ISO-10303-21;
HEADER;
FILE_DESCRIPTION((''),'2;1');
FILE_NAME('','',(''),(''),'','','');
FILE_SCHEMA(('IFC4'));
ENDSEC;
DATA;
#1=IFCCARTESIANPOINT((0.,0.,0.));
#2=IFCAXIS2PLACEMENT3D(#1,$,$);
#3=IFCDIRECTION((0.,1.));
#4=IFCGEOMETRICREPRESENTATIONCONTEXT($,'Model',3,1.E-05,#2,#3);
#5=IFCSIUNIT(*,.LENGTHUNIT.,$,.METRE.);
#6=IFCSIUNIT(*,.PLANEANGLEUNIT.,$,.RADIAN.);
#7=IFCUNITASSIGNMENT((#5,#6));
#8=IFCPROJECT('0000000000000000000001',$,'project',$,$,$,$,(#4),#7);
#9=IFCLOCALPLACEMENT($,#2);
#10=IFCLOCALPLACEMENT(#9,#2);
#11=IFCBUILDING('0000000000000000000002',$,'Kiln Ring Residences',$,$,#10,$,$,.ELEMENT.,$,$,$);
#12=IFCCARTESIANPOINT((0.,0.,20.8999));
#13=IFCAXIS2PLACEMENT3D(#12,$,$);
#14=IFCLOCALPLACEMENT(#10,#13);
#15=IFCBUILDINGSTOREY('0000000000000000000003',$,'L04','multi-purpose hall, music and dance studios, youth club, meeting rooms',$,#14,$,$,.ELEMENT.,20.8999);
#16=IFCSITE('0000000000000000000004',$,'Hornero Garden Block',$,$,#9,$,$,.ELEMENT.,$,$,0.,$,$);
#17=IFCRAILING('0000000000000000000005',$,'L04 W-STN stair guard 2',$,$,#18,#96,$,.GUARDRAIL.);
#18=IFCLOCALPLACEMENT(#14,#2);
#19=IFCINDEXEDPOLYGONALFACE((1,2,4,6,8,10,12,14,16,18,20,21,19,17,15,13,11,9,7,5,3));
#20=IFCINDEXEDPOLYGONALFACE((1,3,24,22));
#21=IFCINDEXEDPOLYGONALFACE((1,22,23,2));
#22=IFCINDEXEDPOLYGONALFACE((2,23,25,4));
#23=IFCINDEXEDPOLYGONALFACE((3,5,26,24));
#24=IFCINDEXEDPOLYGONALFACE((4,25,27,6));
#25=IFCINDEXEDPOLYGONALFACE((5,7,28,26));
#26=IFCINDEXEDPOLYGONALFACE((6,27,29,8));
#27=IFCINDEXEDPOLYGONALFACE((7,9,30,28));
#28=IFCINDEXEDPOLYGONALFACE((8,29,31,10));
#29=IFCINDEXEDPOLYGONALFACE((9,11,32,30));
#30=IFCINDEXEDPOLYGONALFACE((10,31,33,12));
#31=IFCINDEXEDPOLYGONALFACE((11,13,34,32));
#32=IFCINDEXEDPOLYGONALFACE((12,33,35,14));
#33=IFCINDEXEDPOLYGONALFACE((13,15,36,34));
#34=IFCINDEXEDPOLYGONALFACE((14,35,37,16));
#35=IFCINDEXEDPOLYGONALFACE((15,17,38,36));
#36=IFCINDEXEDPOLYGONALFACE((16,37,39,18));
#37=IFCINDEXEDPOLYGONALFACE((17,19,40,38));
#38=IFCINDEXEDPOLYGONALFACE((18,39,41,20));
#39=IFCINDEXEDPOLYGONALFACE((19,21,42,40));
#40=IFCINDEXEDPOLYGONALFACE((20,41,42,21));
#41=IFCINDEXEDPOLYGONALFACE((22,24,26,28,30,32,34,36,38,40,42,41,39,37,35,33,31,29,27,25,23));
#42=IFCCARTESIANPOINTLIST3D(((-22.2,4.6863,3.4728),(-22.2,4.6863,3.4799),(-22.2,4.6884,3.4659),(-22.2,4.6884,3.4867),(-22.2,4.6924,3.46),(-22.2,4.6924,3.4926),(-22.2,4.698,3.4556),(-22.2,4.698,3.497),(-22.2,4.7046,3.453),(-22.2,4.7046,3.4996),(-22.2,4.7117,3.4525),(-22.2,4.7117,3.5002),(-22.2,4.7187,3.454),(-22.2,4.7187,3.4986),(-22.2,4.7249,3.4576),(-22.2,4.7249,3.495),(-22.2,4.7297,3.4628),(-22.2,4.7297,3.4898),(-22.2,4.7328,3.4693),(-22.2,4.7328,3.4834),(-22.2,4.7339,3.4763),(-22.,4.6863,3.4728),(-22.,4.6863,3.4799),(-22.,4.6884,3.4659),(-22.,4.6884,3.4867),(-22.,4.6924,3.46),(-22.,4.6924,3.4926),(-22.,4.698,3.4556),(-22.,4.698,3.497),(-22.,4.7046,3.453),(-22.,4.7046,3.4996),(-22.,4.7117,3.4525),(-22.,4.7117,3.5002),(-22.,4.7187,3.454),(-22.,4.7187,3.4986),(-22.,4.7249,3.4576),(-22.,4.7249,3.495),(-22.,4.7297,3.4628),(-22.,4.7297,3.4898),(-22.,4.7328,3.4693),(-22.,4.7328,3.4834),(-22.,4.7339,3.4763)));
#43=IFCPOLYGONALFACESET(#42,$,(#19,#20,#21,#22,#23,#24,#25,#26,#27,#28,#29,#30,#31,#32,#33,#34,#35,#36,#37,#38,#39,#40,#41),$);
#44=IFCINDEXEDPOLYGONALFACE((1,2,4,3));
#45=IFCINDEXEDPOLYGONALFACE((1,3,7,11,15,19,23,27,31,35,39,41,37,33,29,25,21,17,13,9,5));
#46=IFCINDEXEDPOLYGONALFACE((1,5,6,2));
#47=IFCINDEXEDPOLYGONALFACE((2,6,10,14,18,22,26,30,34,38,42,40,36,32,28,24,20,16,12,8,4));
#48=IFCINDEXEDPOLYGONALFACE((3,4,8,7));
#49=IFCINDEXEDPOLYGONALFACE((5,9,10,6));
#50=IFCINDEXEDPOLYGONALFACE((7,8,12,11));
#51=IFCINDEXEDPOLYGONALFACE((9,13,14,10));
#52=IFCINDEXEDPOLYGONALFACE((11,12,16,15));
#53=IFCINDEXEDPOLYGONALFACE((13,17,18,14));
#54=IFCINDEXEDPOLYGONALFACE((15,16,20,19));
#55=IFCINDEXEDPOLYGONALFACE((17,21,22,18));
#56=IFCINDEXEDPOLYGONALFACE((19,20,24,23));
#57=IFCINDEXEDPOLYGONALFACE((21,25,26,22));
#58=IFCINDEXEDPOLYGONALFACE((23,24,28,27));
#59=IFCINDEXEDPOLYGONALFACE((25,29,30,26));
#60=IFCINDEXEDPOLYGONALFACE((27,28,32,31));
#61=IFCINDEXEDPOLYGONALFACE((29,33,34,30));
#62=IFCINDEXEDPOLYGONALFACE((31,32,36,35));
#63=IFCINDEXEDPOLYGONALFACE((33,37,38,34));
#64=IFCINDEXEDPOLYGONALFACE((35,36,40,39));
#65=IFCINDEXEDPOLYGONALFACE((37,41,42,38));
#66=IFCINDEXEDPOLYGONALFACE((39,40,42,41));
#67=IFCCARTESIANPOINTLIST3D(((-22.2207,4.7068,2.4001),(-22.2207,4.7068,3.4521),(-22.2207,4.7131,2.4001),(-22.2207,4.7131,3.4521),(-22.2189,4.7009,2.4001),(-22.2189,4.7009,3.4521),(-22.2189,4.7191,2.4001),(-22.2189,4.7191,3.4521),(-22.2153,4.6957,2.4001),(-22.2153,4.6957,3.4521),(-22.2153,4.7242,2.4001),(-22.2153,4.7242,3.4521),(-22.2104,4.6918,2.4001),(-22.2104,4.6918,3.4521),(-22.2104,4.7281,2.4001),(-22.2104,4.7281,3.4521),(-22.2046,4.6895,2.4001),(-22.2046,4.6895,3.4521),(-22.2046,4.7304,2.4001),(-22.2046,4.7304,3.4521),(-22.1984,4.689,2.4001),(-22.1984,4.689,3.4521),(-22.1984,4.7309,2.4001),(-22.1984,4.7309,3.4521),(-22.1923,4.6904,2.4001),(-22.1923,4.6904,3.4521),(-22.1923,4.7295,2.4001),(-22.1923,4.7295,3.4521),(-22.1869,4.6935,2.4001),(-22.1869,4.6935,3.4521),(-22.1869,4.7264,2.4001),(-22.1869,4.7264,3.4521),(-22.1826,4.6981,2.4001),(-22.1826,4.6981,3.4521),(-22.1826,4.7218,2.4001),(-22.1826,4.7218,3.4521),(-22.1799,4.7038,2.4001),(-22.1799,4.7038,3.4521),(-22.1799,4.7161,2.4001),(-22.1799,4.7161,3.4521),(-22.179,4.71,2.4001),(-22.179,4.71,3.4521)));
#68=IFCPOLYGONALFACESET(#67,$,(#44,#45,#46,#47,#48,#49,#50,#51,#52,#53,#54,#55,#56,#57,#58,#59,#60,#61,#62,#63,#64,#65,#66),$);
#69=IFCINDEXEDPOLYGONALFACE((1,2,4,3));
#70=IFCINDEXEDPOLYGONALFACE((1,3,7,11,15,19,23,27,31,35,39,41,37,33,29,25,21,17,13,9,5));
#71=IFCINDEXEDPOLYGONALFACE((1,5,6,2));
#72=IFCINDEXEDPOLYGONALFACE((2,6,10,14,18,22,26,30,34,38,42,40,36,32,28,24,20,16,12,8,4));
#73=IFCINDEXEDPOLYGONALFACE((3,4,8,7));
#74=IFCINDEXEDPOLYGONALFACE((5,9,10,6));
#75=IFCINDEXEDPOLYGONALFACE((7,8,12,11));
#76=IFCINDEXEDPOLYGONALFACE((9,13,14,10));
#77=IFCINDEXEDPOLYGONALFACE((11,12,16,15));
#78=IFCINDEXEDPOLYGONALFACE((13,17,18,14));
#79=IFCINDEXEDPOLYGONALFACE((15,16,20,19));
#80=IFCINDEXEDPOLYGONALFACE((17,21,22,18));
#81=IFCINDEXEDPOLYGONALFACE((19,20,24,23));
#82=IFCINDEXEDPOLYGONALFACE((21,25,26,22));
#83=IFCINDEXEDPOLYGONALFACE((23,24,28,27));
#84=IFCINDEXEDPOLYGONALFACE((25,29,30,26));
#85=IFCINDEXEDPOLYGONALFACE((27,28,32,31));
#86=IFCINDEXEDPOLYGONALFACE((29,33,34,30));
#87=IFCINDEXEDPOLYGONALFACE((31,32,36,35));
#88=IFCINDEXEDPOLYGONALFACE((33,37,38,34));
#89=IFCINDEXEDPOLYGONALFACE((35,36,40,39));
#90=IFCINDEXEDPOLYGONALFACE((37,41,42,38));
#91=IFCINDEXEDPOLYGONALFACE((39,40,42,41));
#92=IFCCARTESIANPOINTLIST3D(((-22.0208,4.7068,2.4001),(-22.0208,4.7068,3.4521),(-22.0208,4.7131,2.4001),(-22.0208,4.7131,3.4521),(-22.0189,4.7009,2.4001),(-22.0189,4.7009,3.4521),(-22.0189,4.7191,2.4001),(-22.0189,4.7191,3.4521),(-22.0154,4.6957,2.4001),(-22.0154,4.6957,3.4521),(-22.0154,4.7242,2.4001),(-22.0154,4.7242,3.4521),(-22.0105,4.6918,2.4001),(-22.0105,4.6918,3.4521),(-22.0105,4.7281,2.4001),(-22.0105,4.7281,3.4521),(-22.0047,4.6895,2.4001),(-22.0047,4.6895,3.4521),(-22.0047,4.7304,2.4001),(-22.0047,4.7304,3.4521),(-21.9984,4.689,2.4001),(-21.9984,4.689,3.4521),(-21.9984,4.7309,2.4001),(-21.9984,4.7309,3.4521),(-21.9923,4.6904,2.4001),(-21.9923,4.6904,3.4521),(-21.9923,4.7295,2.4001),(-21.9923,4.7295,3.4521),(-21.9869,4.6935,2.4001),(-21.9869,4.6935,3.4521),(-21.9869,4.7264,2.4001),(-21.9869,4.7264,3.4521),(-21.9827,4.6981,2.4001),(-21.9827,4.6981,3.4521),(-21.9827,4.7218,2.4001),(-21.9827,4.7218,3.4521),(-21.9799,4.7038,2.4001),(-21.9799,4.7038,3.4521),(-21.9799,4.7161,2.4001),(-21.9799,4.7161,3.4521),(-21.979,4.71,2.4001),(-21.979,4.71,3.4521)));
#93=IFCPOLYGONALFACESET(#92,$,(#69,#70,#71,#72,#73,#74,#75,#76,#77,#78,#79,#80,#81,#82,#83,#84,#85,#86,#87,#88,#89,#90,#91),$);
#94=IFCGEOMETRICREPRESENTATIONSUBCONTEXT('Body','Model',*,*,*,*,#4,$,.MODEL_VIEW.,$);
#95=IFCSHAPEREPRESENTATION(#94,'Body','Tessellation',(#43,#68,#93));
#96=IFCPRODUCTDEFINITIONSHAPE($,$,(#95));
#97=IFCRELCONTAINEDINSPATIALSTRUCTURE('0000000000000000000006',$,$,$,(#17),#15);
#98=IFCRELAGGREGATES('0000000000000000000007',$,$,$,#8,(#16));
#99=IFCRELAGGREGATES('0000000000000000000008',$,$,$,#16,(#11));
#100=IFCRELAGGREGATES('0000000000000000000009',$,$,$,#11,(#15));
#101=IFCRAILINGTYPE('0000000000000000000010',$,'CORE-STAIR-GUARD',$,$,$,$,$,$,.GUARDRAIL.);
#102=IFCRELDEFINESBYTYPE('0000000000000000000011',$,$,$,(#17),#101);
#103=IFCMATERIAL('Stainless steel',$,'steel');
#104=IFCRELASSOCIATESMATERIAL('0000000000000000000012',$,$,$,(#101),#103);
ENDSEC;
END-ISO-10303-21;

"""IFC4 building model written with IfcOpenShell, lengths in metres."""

from ifc_helpers import new_model, si_unit, direction, frame, origin, origin_2d, place, context, subcontext, project, spatial, circle, extrude, material, type_object, element, save


model = new_model("IFC4")

# Units and contexts
model_context = context("Model", 3, precision=1e-05, world=origin(), true_north=direction((0.0, 1.0)))
body_context = subcontext(model_context, "Body", "Model", "MODEL_VIEW")
ifc_project = project(units=[si_unit("LENGTHUNIT", "METRE"), si_unit("PLANEANGLEUNIT", "RADIAN")], contexts=[model_context])

# Site, building, storey
site_placement = place(None, origin())
site = spatial("IfcSite", under=ifc_project, at=site_placement, Name="Hornero Garden Block", CompositionType="ELEMENT", RefElevation=0.0)
building_placement = place(site_placement, origin())
building = spatial("IfcBuilding", under=site, at=building_placement, Name="Kiln Ring Residences", CompositionType="ELEMENT")
storey_placement = place(building_placement, frame((0.0, 0.0, 20.8999)))
storey = spatial("IfcBuildingStorey", under=building, at=storey_placement, Name="L04", Description="multi-purpose hall, music and dance studios, youth club, meeting rooms", CompositionType="ELEMENT", Elevation=20.8999)

# Railing
ifc_material_1 = material(Name="Stainless steel", Category="steel")
railing_type_1 = type_object("IfcRailingType", Name="CORE-STAIR-GUARD", PredefinedType="GUARDRAIL", material=ifc_material_1)
railing_1_placement = place(storey_placement, frame((-22.2, 4.71, 2.4001)))
element("IfcRailing", 1, at=railing_1_placement, inside=storey, type_object=railing_type_1, Name="L04 W-STN stair guard 2", PredefinedType="GUARDRAIL", context=body_context, shape_type="SweptSolid", body=[
    extrude(circle(Radius=0.0239, at=origin_2d()), frame((0.0, 0.0, 1.0762), z_axis=(1.0, 0.0, 0.0), x_axis=(0.0, 1.0, 0.0)), (0.0, 0.0, 1.0), 0.2),
    extrude(circle(Radius=0.021, at=origin_2d()), origin(), (0.0, 0.0, 1.0), 1.052),
    extrude(circle(Radius=0.021, at=origin_2d()), frame((0.2, 0.0, 0.0)), (0.0, 0.0, 1.0), 1.052),
])

save(model, "model.ifc")
